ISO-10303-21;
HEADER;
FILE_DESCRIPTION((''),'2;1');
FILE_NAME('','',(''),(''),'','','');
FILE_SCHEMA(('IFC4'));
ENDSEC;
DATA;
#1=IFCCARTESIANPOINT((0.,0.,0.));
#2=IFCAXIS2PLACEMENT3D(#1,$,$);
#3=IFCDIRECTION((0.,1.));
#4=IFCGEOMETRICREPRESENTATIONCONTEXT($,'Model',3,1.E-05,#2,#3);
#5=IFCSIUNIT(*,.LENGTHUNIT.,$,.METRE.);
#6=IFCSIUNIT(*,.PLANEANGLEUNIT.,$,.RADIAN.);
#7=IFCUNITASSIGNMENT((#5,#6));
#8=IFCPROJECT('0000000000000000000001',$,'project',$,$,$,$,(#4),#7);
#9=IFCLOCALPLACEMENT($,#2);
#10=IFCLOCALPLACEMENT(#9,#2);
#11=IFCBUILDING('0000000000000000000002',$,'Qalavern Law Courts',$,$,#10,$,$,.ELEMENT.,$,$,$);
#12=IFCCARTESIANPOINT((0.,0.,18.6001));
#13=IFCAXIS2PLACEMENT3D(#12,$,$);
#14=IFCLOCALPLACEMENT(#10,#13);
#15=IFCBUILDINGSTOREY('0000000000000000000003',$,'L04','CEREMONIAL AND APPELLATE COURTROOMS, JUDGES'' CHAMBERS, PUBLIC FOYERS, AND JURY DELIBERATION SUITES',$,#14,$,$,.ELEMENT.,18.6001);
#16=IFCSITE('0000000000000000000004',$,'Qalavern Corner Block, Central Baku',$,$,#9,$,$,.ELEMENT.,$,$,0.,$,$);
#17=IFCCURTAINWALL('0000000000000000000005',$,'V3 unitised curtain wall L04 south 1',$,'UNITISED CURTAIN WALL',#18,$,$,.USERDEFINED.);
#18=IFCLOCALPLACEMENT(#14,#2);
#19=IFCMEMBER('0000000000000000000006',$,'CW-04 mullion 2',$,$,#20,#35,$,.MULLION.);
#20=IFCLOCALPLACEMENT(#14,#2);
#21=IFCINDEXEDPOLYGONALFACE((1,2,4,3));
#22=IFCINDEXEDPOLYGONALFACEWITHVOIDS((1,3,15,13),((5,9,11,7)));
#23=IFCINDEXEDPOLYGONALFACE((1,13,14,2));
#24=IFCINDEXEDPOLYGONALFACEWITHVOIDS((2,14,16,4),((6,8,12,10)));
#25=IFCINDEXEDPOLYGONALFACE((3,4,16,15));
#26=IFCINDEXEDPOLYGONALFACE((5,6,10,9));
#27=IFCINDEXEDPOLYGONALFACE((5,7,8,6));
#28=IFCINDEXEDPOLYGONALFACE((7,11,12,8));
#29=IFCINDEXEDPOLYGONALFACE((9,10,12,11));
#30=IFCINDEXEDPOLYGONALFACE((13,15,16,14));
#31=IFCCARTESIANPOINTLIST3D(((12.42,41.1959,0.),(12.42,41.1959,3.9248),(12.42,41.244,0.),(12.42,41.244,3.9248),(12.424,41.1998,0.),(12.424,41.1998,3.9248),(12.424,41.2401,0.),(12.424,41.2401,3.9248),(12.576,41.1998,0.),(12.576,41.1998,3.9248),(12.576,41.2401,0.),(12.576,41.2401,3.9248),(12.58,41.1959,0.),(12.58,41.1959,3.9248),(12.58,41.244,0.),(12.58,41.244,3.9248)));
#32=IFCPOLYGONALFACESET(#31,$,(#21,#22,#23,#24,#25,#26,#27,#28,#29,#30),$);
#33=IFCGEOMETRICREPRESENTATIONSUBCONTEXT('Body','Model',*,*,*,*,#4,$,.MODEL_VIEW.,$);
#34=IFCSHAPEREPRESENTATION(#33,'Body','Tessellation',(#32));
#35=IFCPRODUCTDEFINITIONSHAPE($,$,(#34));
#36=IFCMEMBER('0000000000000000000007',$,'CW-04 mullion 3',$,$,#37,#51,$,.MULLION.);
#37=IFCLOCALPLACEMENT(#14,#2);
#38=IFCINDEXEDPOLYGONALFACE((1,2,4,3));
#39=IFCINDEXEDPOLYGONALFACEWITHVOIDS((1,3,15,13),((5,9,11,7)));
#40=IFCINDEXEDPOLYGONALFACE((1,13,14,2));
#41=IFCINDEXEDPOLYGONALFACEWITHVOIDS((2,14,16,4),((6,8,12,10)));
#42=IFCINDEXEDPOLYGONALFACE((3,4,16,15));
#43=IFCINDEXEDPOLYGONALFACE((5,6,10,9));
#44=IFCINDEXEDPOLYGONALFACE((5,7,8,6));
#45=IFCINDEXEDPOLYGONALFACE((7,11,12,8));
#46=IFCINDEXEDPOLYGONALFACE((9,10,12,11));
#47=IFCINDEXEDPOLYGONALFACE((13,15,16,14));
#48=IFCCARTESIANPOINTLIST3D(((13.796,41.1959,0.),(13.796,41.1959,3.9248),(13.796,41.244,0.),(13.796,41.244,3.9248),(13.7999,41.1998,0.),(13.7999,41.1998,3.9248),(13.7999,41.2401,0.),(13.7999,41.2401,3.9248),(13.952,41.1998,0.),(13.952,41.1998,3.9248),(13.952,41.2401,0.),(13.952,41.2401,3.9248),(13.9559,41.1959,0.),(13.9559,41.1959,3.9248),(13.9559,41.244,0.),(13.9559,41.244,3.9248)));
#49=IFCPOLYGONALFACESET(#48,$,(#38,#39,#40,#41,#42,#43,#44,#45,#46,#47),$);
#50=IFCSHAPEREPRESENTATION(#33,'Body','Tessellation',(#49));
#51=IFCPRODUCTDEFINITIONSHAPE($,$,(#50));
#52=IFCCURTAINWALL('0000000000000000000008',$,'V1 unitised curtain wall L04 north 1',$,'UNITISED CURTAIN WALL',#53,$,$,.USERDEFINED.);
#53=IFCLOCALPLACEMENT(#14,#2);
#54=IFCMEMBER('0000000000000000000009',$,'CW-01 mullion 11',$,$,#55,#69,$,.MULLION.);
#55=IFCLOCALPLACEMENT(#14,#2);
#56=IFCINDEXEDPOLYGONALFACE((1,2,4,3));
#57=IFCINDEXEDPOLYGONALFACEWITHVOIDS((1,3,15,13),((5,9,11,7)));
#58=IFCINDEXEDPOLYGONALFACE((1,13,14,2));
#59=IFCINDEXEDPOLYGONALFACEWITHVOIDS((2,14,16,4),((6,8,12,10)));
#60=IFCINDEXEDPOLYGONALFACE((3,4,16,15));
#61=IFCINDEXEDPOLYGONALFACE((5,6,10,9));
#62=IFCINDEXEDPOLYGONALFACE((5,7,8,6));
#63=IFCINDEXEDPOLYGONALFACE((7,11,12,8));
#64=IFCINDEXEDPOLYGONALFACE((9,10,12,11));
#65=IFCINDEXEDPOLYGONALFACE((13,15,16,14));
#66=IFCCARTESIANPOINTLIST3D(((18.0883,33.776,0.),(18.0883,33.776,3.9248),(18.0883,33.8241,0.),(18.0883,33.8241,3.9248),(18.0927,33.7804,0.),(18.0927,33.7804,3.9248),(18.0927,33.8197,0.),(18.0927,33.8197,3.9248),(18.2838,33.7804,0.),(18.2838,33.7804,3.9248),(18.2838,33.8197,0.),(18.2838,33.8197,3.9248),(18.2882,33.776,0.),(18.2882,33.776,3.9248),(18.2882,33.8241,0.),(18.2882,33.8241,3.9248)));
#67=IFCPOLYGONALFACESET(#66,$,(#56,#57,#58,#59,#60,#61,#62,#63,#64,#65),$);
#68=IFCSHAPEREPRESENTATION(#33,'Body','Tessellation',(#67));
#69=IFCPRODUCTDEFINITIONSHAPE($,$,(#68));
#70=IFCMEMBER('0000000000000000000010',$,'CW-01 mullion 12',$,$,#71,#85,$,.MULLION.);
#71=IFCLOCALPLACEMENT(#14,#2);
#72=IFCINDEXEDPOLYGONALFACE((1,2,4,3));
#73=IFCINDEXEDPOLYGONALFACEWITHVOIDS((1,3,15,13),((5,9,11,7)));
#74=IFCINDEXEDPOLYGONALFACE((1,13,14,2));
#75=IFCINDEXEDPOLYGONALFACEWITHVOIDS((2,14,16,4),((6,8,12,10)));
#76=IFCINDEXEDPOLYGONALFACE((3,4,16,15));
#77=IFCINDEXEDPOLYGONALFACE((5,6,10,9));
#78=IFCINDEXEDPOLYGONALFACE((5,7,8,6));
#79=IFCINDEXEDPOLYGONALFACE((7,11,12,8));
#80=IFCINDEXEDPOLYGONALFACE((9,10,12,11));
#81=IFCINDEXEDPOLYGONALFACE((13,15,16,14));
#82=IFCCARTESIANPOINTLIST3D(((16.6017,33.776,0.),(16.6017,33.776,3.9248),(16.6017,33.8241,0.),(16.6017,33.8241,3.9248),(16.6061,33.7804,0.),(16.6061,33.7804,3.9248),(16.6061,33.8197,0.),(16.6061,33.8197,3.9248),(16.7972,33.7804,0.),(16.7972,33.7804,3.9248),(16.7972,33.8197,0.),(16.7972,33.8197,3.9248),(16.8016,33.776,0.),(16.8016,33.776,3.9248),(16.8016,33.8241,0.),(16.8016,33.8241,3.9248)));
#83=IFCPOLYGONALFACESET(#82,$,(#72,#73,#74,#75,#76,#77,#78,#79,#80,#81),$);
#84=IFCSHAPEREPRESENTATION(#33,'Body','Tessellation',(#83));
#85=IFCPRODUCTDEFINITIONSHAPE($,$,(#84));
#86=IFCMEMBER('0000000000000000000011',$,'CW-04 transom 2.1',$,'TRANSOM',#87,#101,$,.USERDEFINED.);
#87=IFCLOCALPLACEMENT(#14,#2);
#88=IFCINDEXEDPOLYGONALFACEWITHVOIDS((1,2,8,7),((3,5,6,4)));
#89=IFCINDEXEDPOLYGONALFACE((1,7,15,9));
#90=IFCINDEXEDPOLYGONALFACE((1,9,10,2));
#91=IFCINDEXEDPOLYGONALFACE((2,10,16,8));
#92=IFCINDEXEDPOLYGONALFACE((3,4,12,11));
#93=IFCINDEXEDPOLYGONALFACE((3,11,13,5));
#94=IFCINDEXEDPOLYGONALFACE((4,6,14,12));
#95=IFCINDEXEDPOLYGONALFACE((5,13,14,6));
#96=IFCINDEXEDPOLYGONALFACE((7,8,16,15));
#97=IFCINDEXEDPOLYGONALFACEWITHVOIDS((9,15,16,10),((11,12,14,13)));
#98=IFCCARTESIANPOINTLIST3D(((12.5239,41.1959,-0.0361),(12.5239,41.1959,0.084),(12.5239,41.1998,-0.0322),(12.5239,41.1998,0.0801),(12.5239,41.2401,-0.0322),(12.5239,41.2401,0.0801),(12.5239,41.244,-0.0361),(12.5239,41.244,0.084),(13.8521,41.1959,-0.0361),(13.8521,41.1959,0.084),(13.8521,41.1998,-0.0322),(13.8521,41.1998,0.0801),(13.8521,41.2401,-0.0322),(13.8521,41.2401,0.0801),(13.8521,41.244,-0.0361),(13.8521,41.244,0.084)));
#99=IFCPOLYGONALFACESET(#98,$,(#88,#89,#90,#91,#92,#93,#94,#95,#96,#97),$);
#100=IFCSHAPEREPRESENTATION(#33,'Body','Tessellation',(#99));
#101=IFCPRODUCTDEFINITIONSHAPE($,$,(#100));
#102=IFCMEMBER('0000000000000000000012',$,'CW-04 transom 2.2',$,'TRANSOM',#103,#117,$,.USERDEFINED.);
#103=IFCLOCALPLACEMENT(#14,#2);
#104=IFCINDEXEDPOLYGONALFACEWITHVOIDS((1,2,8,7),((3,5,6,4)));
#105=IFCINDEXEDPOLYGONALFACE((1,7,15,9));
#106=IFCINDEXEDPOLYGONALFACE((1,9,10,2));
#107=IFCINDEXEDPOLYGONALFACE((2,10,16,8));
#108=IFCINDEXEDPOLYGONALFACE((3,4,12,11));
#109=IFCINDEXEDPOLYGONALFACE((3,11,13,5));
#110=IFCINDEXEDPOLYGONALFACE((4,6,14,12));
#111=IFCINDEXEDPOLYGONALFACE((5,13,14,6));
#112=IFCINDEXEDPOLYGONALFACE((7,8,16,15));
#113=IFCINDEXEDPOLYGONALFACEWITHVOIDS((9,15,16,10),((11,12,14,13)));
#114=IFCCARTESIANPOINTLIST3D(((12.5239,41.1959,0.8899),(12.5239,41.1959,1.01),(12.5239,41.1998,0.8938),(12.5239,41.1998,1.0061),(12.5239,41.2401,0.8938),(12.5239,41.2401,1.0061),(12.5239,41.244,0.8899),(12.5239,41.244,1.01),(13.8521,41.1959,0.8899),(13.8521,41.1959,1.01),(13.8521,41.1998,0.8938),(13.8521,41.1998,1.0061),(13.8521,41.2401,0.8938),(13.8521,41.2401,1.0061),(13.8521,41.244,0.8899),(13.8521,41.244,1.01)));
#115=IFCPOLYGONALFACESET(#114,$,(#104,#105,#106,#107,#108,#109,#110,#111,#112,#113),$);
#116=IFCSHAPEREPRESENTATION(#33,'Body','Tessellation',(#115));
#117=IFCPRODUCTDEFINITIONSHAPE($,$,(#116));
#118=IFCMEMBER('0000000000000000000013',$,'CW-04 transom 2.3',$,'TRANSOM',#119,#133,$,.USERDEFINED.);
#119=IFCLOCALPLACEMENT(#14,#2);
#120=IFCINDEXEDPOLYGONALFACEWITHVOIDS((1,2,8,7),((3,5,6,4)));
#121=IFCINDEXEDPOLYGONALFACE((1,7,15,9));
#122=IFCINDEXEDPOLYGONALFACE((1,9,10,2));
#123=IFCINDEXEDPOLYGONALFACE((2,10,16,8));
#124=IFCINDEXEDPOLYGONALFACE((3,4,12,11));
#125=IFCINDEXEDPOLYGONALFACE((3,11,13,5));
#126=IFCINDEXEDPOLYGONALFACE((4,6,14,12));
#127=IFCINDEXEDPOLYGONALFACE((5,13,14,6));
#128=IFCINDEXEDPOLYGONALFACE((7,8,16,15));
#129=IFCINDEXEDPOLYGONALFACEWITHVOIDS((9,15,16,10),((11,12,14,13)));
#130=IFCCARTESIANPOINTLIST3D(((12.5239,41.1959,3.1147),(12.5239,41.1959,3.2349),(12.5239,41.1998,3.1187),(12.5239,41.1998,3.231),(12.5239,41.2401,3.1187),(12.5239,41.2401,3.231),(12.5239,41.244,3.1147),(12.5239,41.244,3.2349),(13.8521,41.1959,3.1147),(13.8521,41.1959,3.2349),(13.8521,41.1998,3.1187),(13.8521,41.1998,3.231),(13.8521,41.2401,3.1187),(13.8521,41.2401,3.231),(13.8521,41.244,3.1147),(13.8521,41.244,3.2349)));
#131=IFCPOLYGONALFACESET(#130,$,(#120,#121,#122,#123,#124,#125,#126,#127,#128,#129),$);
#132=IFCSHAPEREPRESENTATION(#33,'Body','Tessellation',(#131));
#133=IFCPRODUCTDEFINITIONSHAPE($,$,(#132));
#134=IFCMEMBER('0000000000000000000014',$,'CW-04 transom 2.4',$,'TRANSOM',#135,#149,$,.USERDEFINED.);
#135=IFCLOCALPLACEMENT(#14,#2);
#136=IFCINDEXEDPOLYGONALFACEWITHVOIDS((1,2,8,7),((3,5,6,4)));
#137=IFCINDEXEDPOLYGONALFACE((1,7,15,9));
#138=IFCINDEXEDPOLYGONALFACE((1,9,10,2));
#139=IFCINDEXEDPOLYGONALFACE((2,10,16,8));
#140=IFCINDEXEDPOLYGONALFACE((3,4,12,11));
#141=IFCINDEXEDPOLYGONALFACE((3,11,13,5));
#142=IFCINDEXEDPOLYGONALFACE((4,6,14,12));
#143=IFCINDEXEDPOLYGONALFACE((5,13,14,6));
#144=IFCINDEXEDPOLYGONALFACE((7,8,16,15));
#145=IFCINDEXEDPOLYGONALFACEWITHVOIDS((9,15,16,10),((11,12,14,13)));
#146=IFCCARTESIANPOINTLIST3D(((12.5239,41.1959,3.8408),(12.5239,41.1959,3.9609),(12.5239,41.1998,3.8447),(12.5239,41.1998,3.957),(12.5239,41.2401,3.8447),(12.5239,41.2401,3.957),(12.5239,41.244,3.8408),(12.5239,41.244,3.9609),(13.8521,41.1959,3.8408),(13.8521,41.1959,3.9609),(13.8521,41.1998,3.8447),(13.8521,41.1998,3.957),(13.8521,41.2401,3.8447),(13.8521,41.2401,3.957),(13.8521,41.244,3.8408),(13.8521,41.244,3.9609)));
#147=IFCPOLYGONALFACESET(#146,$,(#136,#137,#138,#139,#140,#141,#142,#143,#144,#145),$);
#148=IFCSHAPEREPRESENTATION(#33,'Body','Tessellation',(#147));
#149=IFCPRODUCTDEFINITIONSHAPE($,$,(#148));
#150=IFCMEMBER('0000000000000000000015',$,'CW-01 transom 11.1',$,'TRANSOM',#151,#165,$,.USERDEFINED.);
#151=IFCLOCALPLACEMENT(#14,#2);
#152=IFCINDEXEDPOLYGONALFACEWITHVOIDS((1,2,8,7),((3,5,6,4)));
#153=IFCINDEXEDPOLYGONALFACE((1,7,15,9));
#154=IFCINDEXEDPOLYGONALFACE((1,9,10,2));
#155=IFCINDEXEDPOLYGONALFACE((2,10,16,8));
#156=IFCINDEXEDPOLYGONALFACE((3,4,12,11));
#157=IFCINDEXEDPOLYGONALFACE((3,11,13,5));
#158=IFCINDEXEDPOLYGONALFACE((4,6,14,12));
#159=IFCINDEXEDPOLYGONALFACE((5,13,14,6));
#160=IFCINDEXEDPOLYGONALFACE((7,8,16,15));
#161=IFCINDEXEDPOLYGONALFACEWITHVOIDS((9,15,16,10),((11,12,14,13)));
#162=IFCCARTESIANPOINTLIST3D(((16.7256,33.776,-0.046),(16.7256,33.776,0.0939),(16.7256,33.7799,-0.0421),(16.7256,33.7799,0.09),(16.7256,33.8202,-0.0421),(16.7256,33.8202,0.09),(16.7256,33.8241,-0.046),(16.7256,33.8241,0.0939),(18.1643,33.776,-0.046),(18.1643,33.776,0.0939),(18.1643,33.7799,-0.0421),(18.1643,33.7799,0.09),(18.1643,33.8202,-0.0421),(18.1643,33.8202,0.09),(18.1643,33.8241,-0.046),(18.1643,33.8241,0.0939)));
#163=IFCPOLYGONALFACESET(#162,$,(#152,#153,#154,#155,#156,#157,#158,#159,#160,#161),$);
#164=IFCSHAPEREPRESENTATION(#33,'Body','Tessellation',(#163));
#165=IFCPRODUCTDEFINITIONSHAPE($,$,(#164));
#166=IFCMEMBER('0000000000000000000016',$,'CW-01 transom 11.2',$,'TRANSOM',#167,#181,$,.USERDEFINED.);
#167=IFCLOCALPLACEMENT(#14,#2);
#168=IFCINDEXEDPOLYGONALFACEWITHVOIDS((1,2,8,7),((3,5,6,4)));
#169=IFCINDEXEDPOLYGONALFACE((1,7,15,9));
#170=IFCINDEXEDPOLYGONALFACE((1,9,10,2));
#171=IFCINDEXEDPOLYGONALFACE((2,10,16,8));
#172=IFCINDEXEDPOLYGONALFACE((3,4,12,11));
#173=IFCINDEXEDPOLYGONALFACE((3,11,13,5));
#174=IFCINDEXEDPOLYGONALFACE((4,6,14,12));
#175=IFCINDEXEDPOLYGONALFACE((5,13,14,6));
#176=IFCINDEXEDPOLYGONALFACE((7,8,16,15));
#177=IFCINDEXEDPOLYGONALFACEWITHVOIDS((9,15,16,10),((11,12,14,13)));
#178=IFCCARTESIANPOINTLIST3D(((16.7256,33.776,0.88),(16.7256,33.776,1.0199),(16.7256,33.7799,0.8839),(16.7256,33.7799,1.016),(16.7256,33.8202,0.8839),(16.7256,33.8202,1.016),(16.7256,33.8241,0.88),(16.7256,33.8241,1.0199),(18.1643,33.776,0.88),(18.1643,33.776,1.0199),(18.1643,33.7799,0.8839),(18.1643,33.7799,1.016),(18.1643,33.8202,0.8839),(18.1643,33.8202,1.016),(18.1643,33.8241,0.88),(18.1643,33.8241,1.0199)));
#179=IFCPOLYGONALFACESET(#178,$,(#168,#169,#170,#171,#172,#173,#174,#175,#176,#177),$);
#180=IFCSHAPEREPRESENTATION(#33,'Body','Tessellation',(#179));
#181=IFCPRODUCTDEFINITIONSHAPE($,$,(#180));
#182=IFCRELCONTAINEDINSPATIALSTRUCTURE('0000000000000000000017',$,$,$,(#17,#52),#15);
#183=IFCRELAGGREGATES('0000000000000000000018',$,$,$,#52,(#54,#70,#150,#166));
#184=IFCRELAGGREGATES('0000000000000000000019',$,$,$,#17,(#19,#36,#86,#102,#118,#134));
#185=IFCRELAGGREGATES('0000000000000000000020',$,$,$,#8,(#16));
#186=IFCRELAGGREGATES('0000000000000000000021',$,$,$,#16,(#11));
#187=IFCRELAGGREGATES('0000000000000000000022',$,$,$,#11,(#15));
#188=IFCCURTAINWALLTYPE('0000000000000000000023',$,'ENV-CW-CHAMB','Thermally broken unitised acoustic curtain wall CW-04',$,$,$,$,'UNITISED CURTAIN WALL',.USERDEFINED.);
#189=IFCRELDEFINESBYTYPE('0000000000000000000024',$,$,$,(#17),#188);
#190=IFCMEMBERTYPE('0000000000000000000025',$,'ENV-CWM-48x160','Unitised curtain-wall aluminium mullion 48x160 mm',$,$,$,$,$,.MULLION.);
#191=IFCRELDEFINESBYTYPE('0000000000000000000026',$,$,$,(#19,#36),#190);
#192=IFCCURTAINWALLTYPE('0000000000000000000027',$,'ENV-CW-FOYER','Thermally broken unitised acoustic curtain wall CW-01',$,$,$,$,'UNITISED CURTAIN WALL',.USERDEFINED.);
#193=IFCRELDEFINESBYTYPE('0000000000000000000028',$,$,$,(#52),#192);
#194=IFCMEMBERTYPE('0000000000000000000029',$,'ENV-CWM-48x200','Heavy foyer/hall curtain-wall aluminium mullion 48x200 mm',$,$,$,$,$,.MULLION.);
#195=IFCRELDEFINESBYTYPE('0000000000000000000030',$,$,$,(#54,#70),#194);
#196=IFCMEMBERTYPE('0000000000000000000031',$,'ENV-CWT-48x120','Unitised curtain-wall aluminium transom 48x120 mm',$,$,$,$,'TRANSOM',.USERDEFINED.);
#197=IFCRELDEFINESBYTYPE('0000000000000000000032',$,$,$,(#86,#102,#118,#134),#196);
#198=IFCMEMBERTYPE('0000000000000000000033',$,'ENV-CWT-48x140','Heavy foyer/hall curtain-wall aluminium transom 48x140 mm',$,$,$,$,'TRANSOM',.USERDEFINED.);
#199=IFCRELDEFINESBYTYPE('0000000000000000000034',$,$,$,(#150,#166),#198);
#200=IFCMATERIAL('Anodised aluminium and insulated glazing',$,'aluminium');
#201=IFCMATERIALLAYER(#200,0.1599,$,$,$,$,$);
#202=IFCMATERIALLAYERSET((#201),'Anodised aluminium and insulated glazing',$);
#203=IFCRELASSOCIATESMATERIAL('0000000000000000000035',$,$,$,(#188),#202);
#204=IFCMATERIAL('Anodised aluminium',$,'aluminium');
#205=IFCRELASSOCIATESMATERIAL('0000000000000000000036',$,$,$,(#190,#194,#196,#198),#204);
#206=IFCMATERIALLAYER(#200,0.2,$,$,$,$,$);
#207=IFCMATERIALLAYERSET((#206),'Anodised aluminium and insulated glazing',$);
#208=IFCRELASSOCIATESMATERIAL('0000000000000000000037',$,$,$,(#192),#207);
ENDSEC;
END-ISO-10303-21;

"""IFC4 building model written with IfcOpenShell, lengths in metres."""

from ifc_helpers import new_model, si_unit, direction, frame, origin, origin_2d, place, context, subcontext, project, spatial, hollow_rectangle, extrude, material, layer, layer_set, material_profile, profile_set, type_object, element, aggregate, save


model = new_model("IFC4")

# Units and contexts
model_context = context("Model", 3, precision=1e-05, world=origin(), true_north=direction((0.0, 1.0)))
body_context = subcontext(model_context, "Body", "Model", "MODEL_VIEW")
ifc_project = project(units=[si_unit("LENGTHUNIT", "METRE"), si_unit("PLANEANGLEUNIT", "RADIAN")], contexts=[model_context])

# Site, building, storey
site_placement = place(None, origin())
site = spatial("IfcSite", under=ifc_project, at=site_placement, Name="Qalavern Corner Block, Central Baku", CompositionType="ELEMENT", RefElevation=0.0)
building_placement = place(site_placement, origin())
building = spatial("IfcBuilding", under=site, at=building_placement, Name="Qalavern Law Courts", CompositionType="ELEMENT")
storey_placement = place(building_placement, frame((0.0, 0.0, 18.6001)))
storey = spatial("IfcBuildingStorey", under=building, at=storey_placement, Name="L04", Description="CEREMONIAL AND APPELLATE COURTROOMS, JUDGES' CHAMBERS, PUBLIC FOYERS, AND JURY DELIBERATION SUITES", CompositionType="ELEMENT", Elevation=18.6001)

# Curtain walls, members
ifc_material_1 = material(Name="Anodised aluminium and insulated glazing", Category="aluminium")
ifc_layer_1 = layer(ifc_material_1, 0.1599)
ifc_layer_set_1 = layer_set([ifc_layer_1], Name="Anodised aluminium and insulated glazing")
curtain_wall_type_1 = type_object("IfcCurtainWallType", Name="ENV-CW-CHAMB", Description="Thermally broken unitised acoustic curtain wall CW-04", ElementType="UNITISED CURTAIN WALL", PredefinedType="USERDEFINED", material=ifc_layer_set_1)
curtain_wall_1_placement = place(storey_placement, origin())
curtain_wall_1 = element("IfcCurtainWall", 1, at=curtain_wall_1_placement, inside=storey, type_object=curtain_wall_type_1, Name="V3 unitised curtain wall L04 south 1", ObjectType="UNITISED CURTAIN WALL", PredefinedType="USERDEFINED")
ifc_material_2 = material(Name="Anodised aluminium", Category="aluminium")
ifc_material_profile_1 = material_profile(ifc_material_2, hollow_rectangle(XDim=0.0481, YDim=0.1599, WallThickness=0.0039, at=origin_2d()), Name="ALU MULLION 48x160")
ifc_profile_set_1 = profile_set([ifc_material_profile_1], Name="Anodised aluminium")
member_type_1 = type_object("IfcMemberType", Name="ENV-CWM-48x160", Description="Unitised curtain-wall aluminium mullion 48x160 mm", PredefinedType="MULLION", material=ifc_profile_set_1)
member_1_placement = place(storey_placement, frame((12.5, 41.22, 0.0), z_axis=(0.0, 0.0, 1.0), x_axis=(0.0, 1.0, 0.0)))
member_1 = element("IfcMember", 2, at=member_1_placement, type_object=member_type_1, Name="CW-04 mullion 2", PredefinedType="MULLION", context=body_context, shape_type="SweptSolid", body=[
    extrude(hollow_rectangle(XDim=0.0481, YDim=0.1599, WallThickness=0.0039, at=origin_2d()), origin(), (0.0, 0.0, 1.0), 3.9248),
])
member_2_placement = place(storey_placement, frame((13.876, 41.22, 0.0), z_axis=(0.0, 0.0, 1.0), x_axis=(0.0, 1.0, 0.0)))
member_2 = element("IfcMember", 3, at=member_2_placement, type_object=member_type_1, Name="CW-04 mullion 3", PredefinedType="MULLION", context=body_context, shape_type="SweptSolid", body=[
    extrude(hollow_rectangle(XDim=0.0481, YDim=0.1599, WallThickness=0.0039, at=origin_2d()), origin(), (0.0, 0.0, 1.0), 3.9248),
])
ifc_layer_2 = layer(ifc_material_1, 0.2)
ifc_layer_set_2 = layer_set([ifc_layer_2], Name="Anodised aluminium and insulated glazing")
curtain_wall_type_2 = type_object("IfcCurtainWallType", Name="ENV-CW-FOYER", Description="Thermally broken unitised acoustic curtain wall CW-01", ElementType="UNITISED CURTAIN WALL", PredefinedType="USERDEFINED", material=ifc_layer_set_2)
curtain_wall_2_placement = place(storey_placement, origin())
curtain_wall_2 = element("IfcCurtainWall", 4, at=curtain_wall_2_placement, inside=storey, type_object=curtain_wall_type_2, Name="V1 unitised curtain wall L04 north 1", ObjectType="UNITISED CURTAIN WALL", PredefinedType="USERDEFINED")
ifc_material_profile_2 = material_profile(ifc_material_2, hollow_rectangle(XDim=0.0481, YDim=0.2, WallThickness=0.0044, at=origin_2d()), Name="ALU MULLION 48x200")
ifc_profile_set_2 = profile_set([ifc_material_profile_2], Name="Anodised aluminium")
member_type_2 = type_object("IfcMemberType", Name="ENV-CWM-48x200", Description="Heavy foyer/hall curtain-wall aluminium mullion 48x200 mm", PredefinedType="MULLION", material=ifc_profile_set_2)
member_3_placement = place(storey_placement, frame((18.1882, 33.8, 0.0), z_axis=(0.0, 0.0, 1.0), x_axis=(0.0, -1.0, 0.0)))
member_3 = element("IfcMember", 5, at=member_3_placement, type_object=member_type_2, Name="CW-01 mullion 11", PredefinedType="MULLION", context=body_context, shape_type="SweptSolid", body=[
    extrude(hollow_rectangle(XDim=0.0481, YDim=0.2, WallThickness=0.0044, at=origin_2d()), origin(), (0.0, 0.0, 1.0), 3.9248),
])
member_4_placement = place(storey_placement, frame((16.7017, 33.8, 0.0), z_axis=(0.0, 0.0, 1.0), x_axis=(0.0, -1.0, 0.0)))
member_4 = element("IfcMember", 6, at=member_4_placement, type_object=member_type_2, Name="CW-01 mullion 12", PredefinedType="MULLION", context=body_context, shape_type="SweptSolid", body=[
    extrude(hollow_rectangle(XDim=0.0481, YDim=0.2, WallThickness=0.0044, at=origin_2d()), origin(), (0.0, 0.0, 1.0), 3.9248),
])

# Members
ifc_material_profile_3 = material_profile(ifc_material_2, hollow_rectangle(XDim=0.0481, YDim=0.1201, WallThickness=0.0039, at=origin_2d()), Name="ALU TRANSOM 48x120")
ifc_profile_set_3 = profile_set([ifc_material_profile_3], Name="Anodised aluminium")
member_type_3 = type_object("IfcMemberType", Name="ENV-CWT-48x120", Description="Unitised curtain-wall aluminium transom 48x120 mm", ElementType="TRANSOM", PredefinedType="USERDEFINED", material=ifc_profile_set_3)
member_5_placement = place(storey_placement, frame((12.5239, 41.22, 0.0239), z_axis=(1.0, 0.0, 0.0), x_axis=(0.0, 1.0, 0.0)))
member_5 = element("IfcMember", 7, at=member_5_placement, type_object=member_type_3, Name="CW-04 transom 2.1", ObjectType="TRANSOM", PredefinedType="USERDEFINED", context=body_context, shape_type="SweptSolid", body=[
    extrude(hollow_rectangle(XDim=0.0481, YDim=0.1201, WallThickness=0.0039, at=origin_2d()), origin(), (0.0, 0.0, 1.0), 1.3281),
])
member_6_placement = place(storey_placement, frame((12.5239, 41.22, 0.95), z_axis=(1.0, 0.0, 0.0), x_axis=(0.0, 1.0, 0.0)))
member_6 = element("IfcMember", 8, at=member_6_placement, type_object=member_type_3, Name="CW-04 transom 2.2", ObjectType="TRANSOM", PredefinedType="USERDEFINED", context=body_context, shape_type="SweptSolid", body=[
    extrude(hollow_rectangle(XDim=0.0481, YDim=0.1201, WallThickness=0.0039, at=origin_2d()), origin(), (0.0, 0.0, 1.0), 1.3281),
])
member_7_placement = place(storey_placement, frame((12.5239, 41.22, 3.1748), z_axis=(1.0, 0.0, 0.0), x_axis=(0.0, 1.0, 0.0)))
member_7 = element("IfcMember", 9, at=member_7_placement, type_object=member_type_3, Name="CW-04 transom 2.3", ObjectType="TRANSOM", PredefinedType="USERDEFINED", context=body_context, shape_type="SweptSolid", body=[
    extrude(hollow_rectangle(XDim=0.0481, YDim=0.1201, WallThickness=0.0039, at=origin_2d()), origin(), (0.0, 0.0, 1.0), 1.3281),
])
member_8_placement = place(storey_placement, frame((12.5239, 41.22, 3.9009), z_axis=(1.0, 0.0, 0.0), x_axis=(0.0, 1.0, 0.0)))
member_8 = element("IfcMember", 10, at=member_8_placement, type_object=member_type_3, Name="CW-04 transom 2.4", ObjectType="TRANSOM", PredefinedType="USERDEFINED", context=body_context, shape_type="SweptSolid", body=[
    extrude(hollow_rectangle(XDim=0.0481, YDim=0.1201, WallThickness=0.0039, at=origin_2d()), origin(), (0.0, 0.0, 1.0), 1.3281),
])
ifc_material_profile_4 = material_profile(ifc_material_2, hollow_rectangle(XDim=0.0481, YDim=0.1399, WallThickness=0.0039, at=origin_2d()), Name="ALU TRANSOM 48x140")
ifc_profile_set_4 = profile_set([ifc_material_profile_4], Name="Anodised aluminium")
member_type_4 = type_object("IfcMemberType", Name="ENV-CWT-48x140", Description="Heavy foyer/hall curtain-wall aluminium transom 48x140 mm", ElementType="TRANSOM", PredefinedType="USERDEFINED", material=ifc_profile_set_4)
member_9_placement = place(storey_placement, frame((18.1643, 33.8, 0.0239), z_axis=(-1.0, 0.0, 0.0), x_axis=(0.0, -1.0, 0.0)))
member_9 = element("IfcMember", 11, at=member_9_placement, type_object=member_type_4, Name="CW-01 transom 11.1", ObjectType="TRANSOM", PredefinedType="USERDEFINED", context=body_context, shape_type="SweptSolid", body=[
    extrude(hollow_rectangle(XDim=0.0481, YDim=0.1399, WallThickness=0.0039, at=origin_2d()), origin(), (0.0, 0.0, 1.0), 1.4387),
])
member_10_placement = place(storey_placement, frame((18.1643, 33.8, 0.95), z_axis=(-1.0, 0.0, 0.0), x_axis=(0.0, -1.0, 0.0)))
member_10 = element("IfcMember", 12, at=member_10_placement, type_object=member_type_4, Name="CW-01 transom 11.2", ObjectType="TRANSOM", PredefinedType="USERDEFINED", context=body_context, shape_type="SweptSolid", body=[
    extrude(hollow_rectangle(XDim=0.0481, YDim=0.1399, WallThickness=0.0039, at=origin_2d()), origin(), (0.0, 0.0, 1.0), 1.4387),
])

aggregate(curtain_wall_2, [member_3, member_4, member_9, member_10])
aggregate(curtain_wall_1, [member_1, member_2, member_5, member_6, member_7, member_8])

save(model, "model.ifc")
